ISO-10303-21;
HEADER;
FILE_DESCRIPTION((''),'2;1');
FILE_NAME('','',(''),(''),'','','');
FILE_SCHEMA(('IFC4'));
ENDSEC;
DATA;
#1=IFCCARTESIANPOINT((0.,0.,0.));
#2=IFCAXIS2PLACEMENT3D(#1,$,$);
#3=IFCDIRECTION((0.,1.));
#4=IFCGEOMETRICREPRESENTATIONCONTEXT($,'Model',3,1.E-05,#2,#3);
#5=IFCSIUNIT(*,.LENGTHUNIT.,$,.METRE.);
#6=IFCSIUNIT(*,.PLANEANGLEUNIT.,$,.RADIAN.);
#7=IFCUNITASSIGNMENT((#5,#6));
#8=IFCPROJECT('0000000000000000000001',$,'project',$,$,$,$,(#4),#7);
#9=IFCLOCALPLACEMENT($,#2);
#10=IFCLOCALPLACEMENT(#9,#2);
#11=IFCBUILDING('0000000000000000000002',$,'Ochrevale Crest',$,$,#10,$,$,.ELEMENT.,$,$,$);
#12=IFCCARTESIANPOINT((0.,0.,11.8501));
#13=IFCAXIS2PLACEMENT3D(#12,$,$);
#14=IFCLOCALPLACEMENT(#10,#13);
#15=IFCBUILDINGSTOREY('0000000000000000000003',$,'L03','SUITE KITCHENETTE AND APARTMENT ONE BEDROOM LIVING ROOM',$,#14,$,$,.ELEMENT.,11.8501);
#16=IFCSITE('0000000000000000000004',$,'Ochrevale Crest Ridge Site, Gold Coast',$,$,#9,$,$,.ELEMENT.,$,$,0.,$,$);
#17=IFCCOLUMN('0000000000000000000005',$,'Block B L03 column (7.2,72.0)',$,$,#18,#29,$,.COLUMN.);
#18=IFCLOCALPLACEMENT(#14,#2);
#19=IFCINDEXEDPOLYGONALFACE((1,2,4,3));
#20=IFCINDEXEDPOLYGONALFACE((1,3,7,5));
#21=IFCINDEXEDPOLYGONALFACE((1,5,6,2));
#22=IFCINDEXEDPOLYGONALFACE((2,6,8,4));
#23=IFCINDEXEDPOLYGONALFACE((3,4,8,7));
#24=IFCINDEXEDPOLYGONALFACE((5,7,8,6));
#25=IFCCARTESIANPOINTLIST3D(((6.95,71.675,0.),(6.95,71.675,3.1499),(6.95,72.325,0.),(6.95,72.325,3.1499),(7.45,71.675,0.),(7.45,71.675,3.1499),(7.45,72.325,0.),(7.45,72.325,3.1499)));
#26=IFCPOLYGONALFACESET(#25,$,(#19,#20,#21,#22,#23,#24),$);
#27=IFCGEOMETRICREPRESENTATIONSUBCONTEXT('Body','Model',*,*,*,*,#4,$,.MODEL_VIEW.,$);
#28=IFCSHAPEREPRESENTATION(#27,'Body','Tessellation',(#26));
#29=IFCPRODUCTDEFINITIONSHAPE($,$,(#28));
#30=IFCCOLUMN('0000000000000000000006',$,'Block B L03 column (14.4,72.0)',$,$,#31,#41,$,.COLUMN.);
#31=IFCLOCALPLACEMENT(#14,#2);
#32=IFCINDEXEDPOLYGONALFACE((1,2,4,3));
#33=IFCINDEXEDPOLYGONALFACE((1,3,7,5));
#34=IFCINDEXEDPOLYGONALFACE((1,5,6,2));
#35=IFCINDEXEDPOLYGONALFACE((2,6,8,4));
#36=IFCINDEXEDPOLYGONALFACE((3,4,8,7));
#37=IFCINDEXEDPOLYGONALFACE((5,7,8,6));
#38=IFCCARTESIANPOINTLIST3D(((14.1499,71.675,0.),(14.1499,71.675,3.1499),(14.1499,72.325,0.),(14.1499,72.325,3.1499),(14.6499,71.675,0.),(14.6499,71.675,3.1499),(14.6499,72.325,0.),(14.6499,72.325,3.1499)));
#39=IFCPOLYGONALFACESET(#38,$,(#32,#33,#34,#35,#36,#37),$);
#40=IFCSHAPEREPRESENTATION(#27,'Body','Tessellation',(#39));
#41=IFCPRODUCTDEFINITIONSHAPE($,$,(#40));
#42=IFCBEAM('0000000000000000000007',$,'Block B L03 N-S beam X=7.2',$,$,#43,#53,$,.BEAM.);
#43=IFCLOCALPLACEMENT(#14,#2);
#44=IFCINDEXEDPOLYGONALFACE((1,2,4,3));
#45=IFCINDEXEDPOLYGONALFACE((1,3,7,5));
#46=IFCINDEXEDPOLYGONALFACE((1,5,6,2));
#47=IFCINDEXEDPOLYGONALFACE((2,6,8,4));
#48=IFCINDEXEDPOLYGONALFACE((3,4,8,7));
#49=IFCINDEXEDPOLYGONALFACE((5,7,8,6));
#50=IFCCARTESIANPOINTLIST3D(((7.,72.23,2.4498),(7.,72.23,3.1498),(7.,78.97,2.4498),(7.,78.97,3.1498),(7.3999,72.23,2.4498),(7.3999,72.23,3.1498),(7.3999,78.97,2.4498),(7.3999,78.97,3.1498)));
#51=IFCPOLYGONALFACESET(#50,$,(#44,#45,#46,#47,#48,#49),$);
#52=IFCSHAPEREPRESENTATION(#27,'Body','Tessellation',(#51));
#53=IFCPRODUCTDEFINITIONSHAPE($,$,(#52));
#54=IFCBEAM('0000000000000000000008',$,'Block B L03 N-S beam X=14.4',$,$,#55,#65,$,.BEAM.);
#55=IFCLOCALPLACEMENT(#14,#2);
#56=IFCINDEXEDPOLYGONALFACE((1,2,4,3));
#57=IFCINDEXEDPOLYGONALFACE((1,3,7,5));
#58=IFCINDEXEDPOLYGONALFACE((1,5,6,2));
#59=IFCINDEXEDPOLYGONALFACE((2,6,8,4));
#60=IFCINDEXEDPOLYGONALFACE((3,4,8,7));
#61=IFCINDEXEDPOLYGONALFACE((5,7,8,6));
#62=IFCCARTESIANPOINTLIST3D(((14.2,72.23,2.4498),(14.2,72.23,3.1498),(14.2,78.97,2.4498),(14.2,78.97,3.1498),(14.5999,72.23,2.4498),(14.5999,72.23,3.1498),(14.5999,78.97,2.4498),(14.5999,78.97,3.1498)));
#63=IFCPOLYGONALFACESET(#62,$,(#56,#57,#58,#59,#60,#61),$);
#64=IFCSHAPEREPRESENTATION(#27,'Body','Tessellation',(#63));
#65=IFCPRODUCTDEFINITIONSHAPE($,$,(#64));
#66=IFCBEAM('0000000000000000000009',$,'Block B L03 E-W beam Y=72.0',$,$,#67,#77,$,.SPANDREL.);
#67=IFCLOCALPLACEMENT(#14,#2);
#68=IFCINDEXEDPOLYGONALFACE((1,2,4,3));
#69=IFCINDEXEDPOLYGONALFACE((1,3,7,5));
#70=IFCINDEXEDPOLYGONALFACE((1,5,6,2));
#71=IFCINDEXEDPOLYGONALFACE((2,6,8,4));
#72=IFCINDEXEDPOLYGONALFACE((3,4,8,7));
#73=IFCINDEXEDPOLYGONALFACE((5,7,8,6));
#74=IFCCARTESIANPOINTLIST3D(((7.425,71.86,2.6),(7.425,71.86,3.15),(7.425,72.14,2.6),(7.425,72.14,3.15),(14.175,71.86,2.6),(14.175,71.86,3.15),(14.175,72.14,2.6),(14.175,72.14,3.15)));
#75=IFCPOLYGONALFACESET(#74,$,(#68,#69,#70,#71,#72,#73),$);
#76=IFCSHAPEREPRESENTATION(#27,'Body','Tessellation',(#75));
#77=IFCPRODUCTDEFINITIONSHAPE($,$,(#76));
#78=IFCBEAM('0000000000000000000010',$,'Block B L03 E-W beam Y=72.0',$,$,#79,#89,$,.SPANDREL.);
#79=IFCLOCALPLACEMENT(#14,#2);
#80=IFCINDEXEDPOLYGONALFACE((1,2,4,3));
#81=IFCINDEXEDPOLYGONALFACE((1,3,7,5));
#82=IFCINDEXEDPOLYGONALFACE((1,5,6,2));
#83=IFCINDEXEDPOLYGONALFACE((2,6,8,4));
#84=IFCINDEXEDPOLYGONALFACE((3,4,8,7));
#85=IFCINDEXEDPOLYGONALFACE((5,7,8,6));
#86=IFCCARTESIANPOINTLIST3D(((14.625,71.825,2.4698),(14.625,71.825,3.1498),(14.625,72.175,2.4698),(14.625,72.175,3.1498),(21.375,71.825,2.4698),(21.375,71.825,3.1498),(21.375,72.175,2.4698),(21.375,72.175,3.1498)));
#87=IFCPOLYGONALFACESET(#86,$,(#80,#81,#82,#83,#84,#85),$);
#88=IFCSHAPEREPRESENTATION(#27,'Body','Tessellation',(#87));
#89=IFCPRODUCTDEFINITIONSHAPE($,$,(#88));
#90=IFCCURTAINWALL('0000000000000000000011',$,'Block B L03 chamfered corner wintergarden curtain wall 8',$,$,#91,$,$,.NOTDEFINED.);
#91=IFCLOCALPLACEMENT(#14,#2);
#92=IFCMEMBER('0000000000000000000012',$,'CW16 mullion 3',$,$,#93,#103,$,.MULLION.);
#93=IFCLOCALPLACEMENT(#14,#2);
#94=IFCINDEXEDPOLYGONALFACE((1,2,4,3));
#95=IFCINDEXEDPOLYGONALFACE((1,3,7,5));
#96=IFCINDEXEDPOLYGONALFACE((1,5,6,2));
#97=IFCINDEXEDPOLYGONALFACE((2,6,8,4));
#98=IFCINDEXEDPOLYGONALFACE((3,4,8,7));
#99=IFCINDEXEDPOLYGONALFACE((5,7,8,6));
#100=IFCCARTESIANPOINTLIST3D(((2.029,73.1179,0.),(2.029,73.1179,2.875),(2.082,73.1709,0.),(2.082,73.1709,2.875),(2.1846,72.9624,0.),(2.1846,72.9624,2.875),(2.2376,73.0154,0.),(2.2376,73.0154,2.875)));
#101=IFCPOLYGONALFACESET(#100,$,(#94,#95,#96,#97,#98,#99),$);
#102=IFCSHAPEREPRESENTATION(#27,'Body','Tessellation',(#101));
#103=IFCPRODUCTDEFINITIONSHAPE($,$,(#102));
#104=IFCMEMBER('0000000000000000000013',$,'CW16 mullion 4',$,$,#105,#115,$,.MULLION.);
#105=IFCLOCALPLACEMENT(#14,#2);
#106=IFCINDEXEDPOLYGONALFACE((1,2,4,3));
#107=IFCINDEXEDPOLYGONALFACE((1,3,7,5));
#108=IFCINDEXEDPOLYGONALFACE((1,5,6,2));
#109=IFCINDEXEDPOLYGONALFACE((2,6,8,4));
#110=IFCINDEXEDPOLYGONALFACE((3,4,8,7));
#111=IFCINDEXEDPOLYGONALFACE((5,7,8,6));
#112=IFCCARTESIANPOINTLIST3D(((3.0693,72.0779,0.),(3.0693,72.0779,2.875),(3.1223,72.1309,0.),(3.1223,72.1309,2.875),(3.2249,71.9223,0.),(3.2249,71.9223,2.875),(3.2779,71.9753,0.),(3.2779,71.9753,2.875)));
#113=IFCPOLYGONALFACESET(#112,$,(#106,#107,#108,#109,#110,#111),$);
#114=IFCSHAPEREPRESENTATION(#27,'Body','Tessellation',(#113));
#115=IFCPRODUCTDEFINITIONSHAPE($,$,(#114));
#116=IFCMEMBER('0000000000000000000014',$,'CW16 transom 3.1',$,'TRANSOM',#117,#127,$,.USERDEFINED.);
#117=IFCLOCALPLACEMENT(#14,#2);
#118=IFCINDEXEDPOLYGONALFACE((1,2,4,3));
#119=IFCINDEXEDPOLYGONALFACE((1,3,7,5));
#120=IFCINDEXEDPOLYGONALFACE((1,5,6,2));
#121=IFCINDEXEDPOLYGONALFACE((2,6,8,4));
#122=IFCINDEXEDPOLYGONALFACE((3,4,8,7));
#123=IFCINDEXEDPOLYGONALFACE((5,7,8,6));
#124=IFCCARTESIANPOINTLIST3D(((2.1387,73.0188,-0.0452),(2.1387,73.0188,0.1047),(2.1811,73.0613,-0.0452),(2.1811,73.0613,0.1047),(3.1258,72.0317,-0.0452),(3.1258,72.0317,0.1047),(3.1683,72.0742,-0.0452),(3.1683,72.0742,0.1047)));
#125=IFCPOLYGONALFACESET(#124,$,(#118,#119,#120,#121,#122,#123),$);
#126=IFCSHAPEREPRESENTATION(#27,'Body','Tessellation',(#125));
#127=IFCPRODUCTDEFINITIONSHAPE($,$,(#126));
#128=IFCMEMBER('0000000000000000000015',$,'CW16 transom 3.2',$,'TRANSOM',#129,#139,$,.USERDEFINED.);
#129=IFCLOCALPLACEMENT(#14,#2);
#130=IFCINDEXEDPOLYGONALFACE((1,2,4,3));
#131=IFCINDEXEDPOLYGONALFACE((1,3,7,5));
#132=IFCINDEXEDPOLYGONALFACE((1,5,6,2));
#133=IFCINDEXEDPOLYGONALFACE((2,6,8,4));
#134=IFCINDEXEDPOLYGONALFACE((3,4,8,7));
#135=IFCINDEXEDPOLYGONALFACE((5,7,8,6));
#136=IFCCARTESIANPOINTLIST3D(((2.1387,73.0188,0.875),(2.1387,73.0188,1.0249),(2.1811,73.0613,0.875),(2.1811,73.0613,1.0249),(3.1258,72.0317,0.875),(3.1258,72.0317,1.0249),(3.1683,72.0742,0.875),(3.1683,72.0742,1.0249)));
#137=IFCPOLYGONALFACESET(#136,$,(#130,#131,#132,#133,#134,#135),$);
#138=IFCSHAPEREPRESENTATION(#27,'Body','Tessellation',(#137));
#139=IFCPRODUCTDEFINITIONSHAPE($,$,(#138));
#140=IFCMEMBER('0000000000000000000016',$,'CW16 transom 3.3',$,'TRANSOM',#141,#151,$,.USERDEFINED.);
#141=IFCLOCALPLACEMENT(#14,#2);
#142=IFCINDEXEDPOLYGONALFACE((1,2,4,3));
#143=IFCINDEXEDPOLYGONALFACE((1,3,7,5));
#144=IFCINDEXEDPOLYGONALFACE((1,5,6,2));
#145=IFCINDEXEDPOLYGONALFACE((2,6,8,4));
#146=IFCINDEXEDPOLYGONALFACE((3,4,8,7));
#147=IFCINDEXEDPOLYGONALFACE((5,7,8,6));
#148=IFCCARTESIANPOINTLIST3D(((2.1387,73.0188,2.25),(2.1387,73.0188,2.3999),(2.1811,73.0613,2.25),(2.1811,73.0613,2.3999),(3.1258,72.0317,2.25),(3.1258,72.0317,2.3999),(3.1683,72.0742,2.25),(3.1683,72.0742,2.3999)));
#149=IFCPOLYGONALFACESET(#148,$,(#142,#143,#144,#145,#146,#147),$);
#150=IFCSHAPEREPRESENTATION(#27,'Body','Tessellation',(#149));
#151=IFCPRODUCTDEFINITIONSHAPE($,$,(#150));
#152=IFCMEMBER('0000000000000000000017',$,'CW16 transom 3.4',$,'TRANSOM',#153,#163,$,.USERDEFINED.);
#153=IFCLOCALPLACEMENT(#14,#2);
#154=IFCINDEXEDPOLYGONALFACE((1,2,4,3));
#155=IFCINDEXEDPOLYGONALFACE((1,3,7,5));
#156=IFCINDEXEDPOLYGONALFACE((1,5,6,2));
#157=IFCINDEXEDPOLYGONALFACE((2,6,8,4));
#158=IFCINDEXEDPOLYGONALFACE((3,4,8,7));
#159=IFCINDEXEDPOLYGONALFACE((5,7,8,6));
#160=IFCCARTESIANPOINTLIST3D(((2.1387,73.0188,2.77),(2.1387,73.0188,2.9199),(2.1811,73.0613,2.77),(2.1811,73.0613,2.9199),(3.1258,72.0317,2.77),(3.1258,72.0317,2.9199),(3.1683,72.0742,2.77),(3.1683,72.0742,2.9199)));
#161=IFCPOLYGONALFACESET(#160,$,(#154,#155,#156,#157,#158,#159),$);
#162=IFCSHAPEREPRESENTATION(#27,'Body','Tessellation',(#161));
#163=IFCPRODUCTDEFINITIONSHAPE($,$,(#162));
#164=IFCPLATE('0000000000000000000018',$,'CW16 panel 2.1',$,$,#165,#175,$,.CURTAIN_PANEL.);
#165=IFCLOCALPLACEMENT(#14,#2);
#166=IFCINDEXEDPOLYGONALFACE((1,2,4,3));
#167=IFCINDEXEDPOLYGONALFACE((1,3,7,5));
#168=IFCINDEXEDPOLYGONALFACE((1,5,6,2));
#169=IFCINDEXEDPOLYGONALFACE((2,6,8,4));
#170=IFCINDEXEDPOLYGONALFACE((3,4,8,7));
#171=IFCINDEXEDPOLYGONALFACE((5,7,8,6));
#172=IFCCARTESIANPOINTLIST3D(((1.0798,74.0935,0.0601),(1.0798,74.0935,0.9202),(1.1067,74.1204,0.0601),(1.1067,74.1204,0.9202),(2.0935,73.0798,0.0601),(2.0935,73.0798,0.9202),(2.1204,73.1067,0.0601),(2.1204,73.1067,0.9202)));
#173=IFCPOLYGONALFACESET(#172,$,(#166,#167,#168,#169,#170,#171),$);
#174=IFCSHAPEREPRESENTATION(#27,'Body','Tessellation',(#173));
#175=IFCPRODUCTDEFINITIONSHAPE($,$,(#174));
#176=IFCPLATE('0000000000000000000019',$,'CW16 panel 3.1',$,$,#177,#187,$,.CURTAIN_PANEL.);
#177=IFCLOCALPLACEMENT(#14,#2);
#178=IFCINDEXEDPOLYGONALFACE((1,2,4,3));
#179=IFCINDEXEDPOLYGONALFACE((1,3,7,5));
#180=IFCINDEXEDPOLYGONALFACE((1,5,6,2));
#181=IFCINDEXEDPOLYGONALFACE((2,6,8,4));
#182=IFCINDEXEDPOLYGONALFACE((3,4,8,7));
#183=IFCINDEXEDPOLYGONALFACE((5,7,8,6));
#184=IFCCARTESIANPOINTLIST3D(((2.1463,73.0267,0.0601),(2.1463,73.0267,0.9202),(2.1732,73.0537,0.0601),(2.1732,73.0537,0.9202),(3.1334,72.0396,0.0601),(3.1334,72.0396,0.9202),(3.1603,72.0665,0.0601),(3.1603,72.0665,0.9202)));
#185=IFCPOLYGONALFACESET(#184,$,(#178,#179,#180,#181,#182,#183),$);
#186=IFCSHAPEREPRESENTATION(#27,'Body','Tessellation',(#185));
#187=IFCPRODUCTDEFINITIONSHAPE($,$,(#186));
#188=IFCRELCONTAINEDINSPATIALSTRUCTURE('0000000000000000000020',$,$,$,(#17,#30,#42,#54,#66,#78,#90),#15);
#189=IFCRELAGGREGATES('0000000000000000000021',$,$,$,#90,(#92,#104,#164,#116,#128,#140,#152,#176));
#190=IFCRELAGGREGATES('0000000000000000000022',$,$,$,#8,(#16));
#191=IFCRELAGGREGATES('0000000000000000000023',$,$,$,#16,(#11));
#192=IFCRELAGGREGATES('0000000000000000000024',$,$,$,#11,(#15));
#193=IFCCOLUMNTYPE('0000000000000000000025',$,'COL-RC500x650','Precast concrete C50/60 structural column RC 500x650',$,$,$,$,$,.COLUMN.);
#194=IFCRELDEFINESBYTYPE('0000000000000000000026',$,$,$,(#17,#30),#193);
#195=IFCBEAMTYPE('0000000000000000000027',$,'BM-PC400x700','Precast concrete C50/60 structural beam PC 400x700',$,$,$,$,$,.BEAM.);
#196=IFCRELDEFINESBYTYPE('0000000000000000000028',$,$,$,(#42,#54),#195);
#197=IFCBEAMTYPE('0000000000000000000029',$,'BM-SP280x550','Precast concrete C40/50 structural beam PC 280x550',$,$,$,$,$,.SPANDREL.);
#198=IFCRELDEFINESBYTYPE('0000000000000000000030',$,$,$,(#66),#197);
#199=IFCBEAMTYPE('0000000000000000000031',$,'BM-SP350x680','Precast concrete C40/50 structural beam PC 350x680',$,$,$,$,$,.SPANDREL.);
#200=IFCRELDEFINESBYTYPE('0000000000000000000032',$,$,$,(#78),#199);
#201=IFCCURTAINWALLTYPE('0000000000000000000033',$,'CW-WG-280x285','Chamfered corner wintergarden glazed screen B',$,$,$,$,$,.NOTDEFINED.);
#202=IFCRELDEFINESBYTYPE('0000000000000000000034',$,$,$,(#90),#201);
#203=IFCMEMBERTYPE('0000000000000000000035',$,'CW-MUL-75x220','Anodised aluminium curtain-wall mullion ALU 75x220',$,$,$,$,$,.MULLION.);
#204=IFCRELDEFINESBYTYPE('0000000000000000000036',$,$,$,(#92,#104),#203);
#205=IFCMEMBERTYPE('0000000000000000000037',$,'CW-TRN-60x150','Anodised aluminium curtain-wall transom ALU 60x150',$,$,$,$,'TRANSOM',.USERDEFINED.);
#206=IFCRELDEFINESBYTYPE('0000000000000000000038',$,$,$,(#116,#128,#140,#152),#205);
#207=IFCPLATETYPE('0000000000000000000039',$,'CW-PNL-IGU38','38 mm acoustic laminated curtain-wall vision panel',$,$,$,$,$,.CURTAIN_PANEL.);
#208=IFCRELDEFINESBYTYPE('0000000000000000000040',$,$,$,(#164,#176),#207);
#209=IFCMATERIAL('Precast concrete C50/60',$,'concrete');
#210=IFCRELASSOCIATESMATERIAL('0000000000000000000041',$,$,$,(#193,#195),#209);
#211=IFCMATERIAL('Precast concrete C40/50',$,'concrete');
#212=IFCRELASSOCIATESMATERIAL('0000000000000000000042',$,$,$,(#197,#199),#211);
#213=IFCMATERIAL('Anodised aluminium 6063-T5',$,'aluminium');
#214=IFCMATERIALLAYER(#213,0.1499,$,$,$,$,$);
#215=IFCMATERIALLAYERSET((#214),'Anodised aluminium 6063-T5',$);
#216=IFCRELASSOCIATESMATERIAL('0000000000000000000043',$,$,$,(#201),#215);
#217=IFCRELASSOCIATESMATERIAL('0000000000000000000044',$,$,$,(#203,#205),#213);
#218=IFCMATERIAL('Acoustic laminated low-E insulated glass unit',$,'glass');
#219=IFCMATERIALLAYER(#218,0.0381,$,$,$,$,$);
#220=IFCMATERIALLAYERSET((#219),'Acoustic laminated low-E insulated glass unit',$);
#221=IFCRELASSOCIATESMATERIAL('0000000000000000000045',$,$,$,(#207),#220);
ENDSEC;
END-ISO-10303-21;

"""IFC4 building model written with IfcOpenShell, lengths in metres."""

from ifc_helpers import new_model, si_unit, direction, frame, origin, origin_2d, place, context, subcontext, project, spatial, rectangle, extrude, material, layer, layer_set, material_profile, profile_set, type_object, element, aggregate, save


model = new_model("IFC4")

# Units and contexts
model_context = context("Model", 3, precision=1e-05, world=origin(), true_north=direction((0.0, 1.0)))
body_context = subcontext(model_context, "Body", "Model", "MODEL_VIEW")
ifc_project = project(units=[si_unit("LENGTHUNIT", "METRE"), si_unit("PLANEANGLEUNIT", "RADIAN")], contexts=[model_context])

# Site, building, storey
site_placement = place(None, origin())
site = spatial("IfcSite", under=ifc_project, at=site_placement, Name="Ochrevale Crest Ridge Site, Gold Coast", CompositionType="ELEMENT", RefElevation=0.0)
building_placement = place(site_placement, origin())
building = spatial("IfcBuilding", under=site, at=building_placement, Name="Ochrevale Crest", CompositionType="ELEMENT")
storey_placement = place(building_placement, frame((0.0, 0.0, 11.8501)))
storey = spatial("IfcBuildingStorey", under=building, at=storey_placement, Name="L03", Description="SUITE KITCHENETTE AND APARTMENT ONE BEDROOM LIVING ROOM", CompositionType="ELEMENT", Elevation=11.8501)

# Columns
ifc_material_1 = material(Name="Precast concrete C50/60", Category="concrete")
ifc_material_profile_1 = material_profile(ifc_material_1, rectangle(XDim=0.5, YDim=0.6499, at=origin_2d()), Name="RC 500x650")
ifc_profile_set_1 = profile_set([ifc_material_profile_1], Name="Precast concrete C50/60")
column_type = type_object("IfcColumnType", Name="COL-RC500x650", Description="Precast concrete C50/60 structural column RC 500x650", PredefinedType="COLUMN", material=ifc_profile_set_1)
for number, where, z_axis, x_axis, name in (
    (1, (7.2, 72.0, 0.0), (0.0, 0.0, 1.0), (1.0, 0.0, 0.0), "Block B L03 column (7.2,72.0)"),
    (2, (14.3999, 72.0, 0.0), (0.0, 0.0, 1.0), (1.0, 0.0, 0.0), "Block B L03 column (14.4,72.0)"),
):
    element("IfcColumn", number, at=place(storey_placement, frame(where, z_axis=z_axis, x_axis=x_axis)), inside=storey, type_object=column_type, Name=name, PredefinedType="COLUMN", context=body_context, shape_type="SweptSolid", body=[
        extrude(rectangle(XDim=0.5, YDim=0.6499, at=origin_2d()), origin(), (0.0, 0.0, 1.0), 3.1499),
    ])

# Beams
ifc_material_profile_2 = material_profile(ifc_material_1, rectangle(XDim=0.3999, YDim=0.7, at=origin_2d()), Name="PC 400x700")
ifc_profile_set_2 = profile_set([ifc_material_profile_2], Name="Precast concrete C50/60")
beam_type_1 = type_object("IfcBeamType", Name="BM-PC400x700", Description="Precast concrete C50/60 structural beam PC 400x700", PredefinedType="BEAM", material=ifc_profile_set_2)
for number, where, z_axis, x_axis, name in (
    (3, (7.2, 72.23, 2.7998), (0.0, 1.0, 0.0), (-1.0, 0.0, 0.0), "Block B L03 N-S beam X=7.2"),
    (4, (14.3999, 72.23, 2.7998), (0.0, 1.0, 0.0), (-1.0, 0.0, 0.0), "Block B L03 N-S beam X=14.4"),
):
    element("IfcBeam", number, at=place(storey_placement, frame(where, z_axis=z_axis, x_axis=x_axis)), inside=storey, type_object=beam_type_1, Name=name, PredefinedType="BEAM", context=body_context, shape_type="SweptSolid", body=[
        extrude(rectangle(XDim=0.3999, YDim=0.7, at=origin_2d()), origin(), (0.0, 0.0, 1.0), 6.74),
    ])
ifc_material_2 = material(Name="Precast concrete C40/50", Category="concrete")
ifc_material_profile_3 = material_profile(ifc_material_2, rectangle(XDim=0.28, YDim=0.55, at=origin_2d()), Name="PC 280x550")
ifc_profile_set_3 = profile_set([ifc_material_profile_3], Name="Precast concrete C40/50")
beam_type_2 = type_object("IfcBeamType", Name="BM-SP280x550", Description="Precast concrete C40/50 structural beam PC 280x550", PredefinedType="SPANDREL", material=ifc_profile_set_3)
beam_1_placement = place(storey_placement, frame((7.425, 72.0, 2.875), z_axis=(1.0, 0.0, 0.0), x_axis=(0.0, 1.0, 0.0)))
element("IfcBeam", 5, at=beam_1_placement, inside=storey, type_object=beam_type_2, Name="Block B L03 E-W beam Y=72.0", PredefinedType="SPANDREL", context=body_context, shape_type="SweptSolid", body=[
    extrude(rectangle(XDim=0.28, YDim=0.55, at=origin_2d()), origin(), (0.0, 0.0, 1.0), 6.75),
])
ifc_material_profile_4 = material_profile(ifc_material_2, rectangle(XDim=0.3501, YDim=0.6799, at=origin_2d()), Name="PC 350x680")
ifc_profile_set_4 = profile_set([ifc_material_profile_4], Name="Precast concrete C40/50")
beam_type_3 = type_object("IfcBeamType", Name="BM-SP350x680", Description="Precast concrete C40/50 structural beam PC 350x680", PredefinedType="SPANDREL", material=ifc_profile_set_4)
beam_2_placement = place(storey_placement, frame((14.625, 72.0, 2.8098), z_axis=(1.0, 0.0, 0.0), x_axis=(0.0, 1.0, 0.0)))
element("IfcBeam", 6, at=beam_2_placement, inside=storey, type_object=beam_type_3, Name="Block B L03 E-W beam Y=72.0", PredefinedType="SPANDREL", context=body_context, shape_type="SweptSolid", body=[
    extrude(rectangle(XDim=0.3501, YDim=0.6799, at=origin_2d()), origin(), (0.0, 0.0, 1.0), 6.75),
])

# Curtain wall, members, plates
ifc_material_3 = material(Name="Anodised aluminium 6063-T5", Category="aluminium")
ifc_layer_1 = layer(ifc_material_3, 0.1499)
ifc_layer_set_1 = layer_set([ifc_layer_1], Name="Anodised aluminium 6063-T5")
curtain_wall_type = type_object("IfcCurtainWallType", Name="CW-WG-280x285", Description="Chamfered corner wintergarden glazed screen B", PredefinedType="NOTDEFINED", material=ifc_layer_set_1)
curtain_wall_placement = place(storey_placement, origin())
curtain_wall = element("IfcCurtainWall", 7, at=curtain_wall_placement, inside=storey, type_object=curtain_wall_type, Name="Block B L03 chamfered corner wintergarden curtain wall 8", PredefinedType="NOTDEFINED")
ifc_material_profile_5 = material_profile(ifc_material_3, rectangle(XDim=0.075, YDim=0.22, at=origin_2d()), Name="ALU 75x220")
ifc_profile_set_5 = profile_set([ifc_material_profile_5], Name="Anodised aluminium 6063-T5")
member_type_1 = type_object("IfcMemberType", Name="CW-MUL-75x220", Description="Anodised aluminium curtain-wall mullion ALU 75x220", PredefinedType="MULLION", material=ifc_profile_set_5)
member_1_placement = place(storey_placement, frame((2.1333, 73.0667, 0.0), z_axis=(0.0, 0.0, 1.0), x_axis=(0.707107, 0.707107, 0.0)))
member_1 = element("IfcMember", 8, at=member_1_placement, type_object=member_type_1, Name="CW16 mullion 3", PredefinedType="MULLION", context=body_context, shape_type="SweptSolid", body=[
    extrude(rectangle(XDim=0.075, YDim=0.22, at=origin_2d()), origin(), (0.0, 0.0, 1.0), 2.875),
])
member_2_placement = place(storey_placement, frame((3.1736, 72.0266, 0.0), z_axis=(0.0, 0.0, 1.0), x_axis=(0.707107, 0.707107, 0.0)))
member_2 = element("IfcMember", 9, at=member_2_placement, type_object=member_type_1, Name="CW16 mullion 4", PredefinedType="MULLION", context=body_context, shape_type="SweptSolid", body=[
    extrude(rectangle(XDim=0.075, YDim=0.22, at=origin_2d()), origin(), (0.0, 0.0, 1.0), 2.875),
])
ifc_material_profile_6 = material_profile(ifc_material_3, rectangle(XDim=0.0601, YDim=0.1499, at=origin_2d()), Name="ALU 60x150")
ifc_profile_set_6 = profile_set([ifc_material_profile_6], Name="Anodised aluminium 6063-T5")
member_type_2 = type_object("IfcMemberType", Name="CW-TRN-60x150", Description="Anodised aluminium curtain-wall transom ALU 60x150", ElementType="TRANSOM", PredefinedType="USERDEFINED", material=ifc_profile_set_6)
member_3_placement = place(storey_placement, frame((2.1599, 73.04, 0.0298), z_axis=(0.707107, -0.707107, 0.0), x_axis=(0.707107, 0.707107, 0.0)))
member_3 = element("IfcMember", 10, at=member_3_placement, type_object=member_type_2, Name="CW16 transom 3.1", ObjectType="TRANSOM", PredefinedType="USERDEFINED", context=body_context, shape_type="SweptSolid", body=[
    extrude(rectangle(XDim=0.0601, YDim=0.1499, at=origin_2d()), origin(), (0.0, 0.0, 1.0), 1.396),
])
member_4_placement = place(storey_placement, frame((2.1599, 73.04, 0.95), z_axis=(0.707107, -0.707107, 0.0), x_axis=(0.707107, 0.707107, 0.0)))
member_4 = element("IfcMember", 11, at=member_4_placement, type_object=member_type_2, Name="CW16 transom 3.2", ObjectType="TRANSOM", PredefinedType="USERDEFINED", context=body_context, shape_type="SweptSolid", body=[
    extrude(rectangle(XDim=0.0601, YDim=0.1499, at=origin_2d()), origin(), (0.0, 0.0, 1.0), 1.396),
])
member_5_placement = place(storey_placement, frame((2.1599, 73.04, 2.325), z_axis=(0.707107, -0.707107, 0.0), x_axis=(0.707107, 0.707107, 0.0)))
member_5 = element("IfcMember", 12, at=member_5_placement, type_object=member_type_2, Name="CW16 transom 3.3", ObjectType="TRANSOM", PredefinedType="USERDEFINED", context=body_context, shape_type="SweptSolid", body=[
    extrude(rectangle(XDim=0.0601, YDim=0.1499, at=origin_2d()), origin(), (0.0, 0.0, 1.0), 1.396),
])
member_6_placement = place(storey_placement, frame((2.1599, 73.04, 2.845), z_axis=(0.707107, -0.707107, 0.0), x_axis=(0.707107, 0.707107, 0.0)))
member_6 = element("IfcMember", 13, at=member_6_placement, type_object=member_type_2, Name="CW16 transom 3.4", ObjectType="TRANSOM", PredefinedType="USERDEFINED", context=body_context, shape_type="SweptSolid", body=[
    extrude(rectangle(XDim=0.0601, YDim=0.1499, at=origin_2d()), origin(), (0.0, 0.0, 1.0), 1.396),
])
ifc_material_4 = material(Name="Acoustic laminated low-E insulated glass unit", Category="glass")
ifc_layer_2 = layer(ifc_material_4, 0.0381)
ifc_layer_set_2 = layer_set([ifc_layer_2], Name="Acoustic laminated low-E insulated glass unit")
plate_type = type_object("IfcPlateType", Name="CW-PNL-IGU38", Description="38 mm acoustic laminated curtain-wall vision panel", PredefinedType="CURTAIN_PANEL", material=ifc_layer_set_2)
plate_1_placement = place(storey_placement, frame((1.6001, 73.6001, 0.0601), z_axis=(0.0, 0.0, 1.0), x_axis=(0.707107, -0.707107, 0.0)))
plate_1 = element("IfcPlate", 14, at=plate_1_placement, type_object=plate_type, Name="CW16 panel 2.1", PredefinedType="CURTAIN_PANEL", context=body_context, shape_type="SweptSolid", body=[
    extrude(rectangle(XDim=1.4336, YDim=0.0381, at=origin_2d()), origin(), (0.0, 0.0, 1.0), 0.8601),
])
plate_2_placement = place(storey_placement, frame((2.6533, 72.5466, 0.0601), z_axis=(0.0, 0.0, 1.0), x_axis=(0.707107, -0.707107, 0.0)))
plate_2 = element("IfcPlate", 15, at=plate_2_placement, type_object=plate_type, Name="CW16 panel 3.1", PredefinedType="CURTAIN_PANEL", context=body_context, shape_type="SweptSolid", body=[
    extrude(rectangle(XDim=1.396, YDim=0.0381, at=origin_2d()), origin(), (0.0, 0.0, 1.0), 0.8601),
])
aggregate(curtain_wall, [member_1, member_2, plate_1, member_3, member_4, member_5, member_6, plate_2])

save(model, "model.ifc")
